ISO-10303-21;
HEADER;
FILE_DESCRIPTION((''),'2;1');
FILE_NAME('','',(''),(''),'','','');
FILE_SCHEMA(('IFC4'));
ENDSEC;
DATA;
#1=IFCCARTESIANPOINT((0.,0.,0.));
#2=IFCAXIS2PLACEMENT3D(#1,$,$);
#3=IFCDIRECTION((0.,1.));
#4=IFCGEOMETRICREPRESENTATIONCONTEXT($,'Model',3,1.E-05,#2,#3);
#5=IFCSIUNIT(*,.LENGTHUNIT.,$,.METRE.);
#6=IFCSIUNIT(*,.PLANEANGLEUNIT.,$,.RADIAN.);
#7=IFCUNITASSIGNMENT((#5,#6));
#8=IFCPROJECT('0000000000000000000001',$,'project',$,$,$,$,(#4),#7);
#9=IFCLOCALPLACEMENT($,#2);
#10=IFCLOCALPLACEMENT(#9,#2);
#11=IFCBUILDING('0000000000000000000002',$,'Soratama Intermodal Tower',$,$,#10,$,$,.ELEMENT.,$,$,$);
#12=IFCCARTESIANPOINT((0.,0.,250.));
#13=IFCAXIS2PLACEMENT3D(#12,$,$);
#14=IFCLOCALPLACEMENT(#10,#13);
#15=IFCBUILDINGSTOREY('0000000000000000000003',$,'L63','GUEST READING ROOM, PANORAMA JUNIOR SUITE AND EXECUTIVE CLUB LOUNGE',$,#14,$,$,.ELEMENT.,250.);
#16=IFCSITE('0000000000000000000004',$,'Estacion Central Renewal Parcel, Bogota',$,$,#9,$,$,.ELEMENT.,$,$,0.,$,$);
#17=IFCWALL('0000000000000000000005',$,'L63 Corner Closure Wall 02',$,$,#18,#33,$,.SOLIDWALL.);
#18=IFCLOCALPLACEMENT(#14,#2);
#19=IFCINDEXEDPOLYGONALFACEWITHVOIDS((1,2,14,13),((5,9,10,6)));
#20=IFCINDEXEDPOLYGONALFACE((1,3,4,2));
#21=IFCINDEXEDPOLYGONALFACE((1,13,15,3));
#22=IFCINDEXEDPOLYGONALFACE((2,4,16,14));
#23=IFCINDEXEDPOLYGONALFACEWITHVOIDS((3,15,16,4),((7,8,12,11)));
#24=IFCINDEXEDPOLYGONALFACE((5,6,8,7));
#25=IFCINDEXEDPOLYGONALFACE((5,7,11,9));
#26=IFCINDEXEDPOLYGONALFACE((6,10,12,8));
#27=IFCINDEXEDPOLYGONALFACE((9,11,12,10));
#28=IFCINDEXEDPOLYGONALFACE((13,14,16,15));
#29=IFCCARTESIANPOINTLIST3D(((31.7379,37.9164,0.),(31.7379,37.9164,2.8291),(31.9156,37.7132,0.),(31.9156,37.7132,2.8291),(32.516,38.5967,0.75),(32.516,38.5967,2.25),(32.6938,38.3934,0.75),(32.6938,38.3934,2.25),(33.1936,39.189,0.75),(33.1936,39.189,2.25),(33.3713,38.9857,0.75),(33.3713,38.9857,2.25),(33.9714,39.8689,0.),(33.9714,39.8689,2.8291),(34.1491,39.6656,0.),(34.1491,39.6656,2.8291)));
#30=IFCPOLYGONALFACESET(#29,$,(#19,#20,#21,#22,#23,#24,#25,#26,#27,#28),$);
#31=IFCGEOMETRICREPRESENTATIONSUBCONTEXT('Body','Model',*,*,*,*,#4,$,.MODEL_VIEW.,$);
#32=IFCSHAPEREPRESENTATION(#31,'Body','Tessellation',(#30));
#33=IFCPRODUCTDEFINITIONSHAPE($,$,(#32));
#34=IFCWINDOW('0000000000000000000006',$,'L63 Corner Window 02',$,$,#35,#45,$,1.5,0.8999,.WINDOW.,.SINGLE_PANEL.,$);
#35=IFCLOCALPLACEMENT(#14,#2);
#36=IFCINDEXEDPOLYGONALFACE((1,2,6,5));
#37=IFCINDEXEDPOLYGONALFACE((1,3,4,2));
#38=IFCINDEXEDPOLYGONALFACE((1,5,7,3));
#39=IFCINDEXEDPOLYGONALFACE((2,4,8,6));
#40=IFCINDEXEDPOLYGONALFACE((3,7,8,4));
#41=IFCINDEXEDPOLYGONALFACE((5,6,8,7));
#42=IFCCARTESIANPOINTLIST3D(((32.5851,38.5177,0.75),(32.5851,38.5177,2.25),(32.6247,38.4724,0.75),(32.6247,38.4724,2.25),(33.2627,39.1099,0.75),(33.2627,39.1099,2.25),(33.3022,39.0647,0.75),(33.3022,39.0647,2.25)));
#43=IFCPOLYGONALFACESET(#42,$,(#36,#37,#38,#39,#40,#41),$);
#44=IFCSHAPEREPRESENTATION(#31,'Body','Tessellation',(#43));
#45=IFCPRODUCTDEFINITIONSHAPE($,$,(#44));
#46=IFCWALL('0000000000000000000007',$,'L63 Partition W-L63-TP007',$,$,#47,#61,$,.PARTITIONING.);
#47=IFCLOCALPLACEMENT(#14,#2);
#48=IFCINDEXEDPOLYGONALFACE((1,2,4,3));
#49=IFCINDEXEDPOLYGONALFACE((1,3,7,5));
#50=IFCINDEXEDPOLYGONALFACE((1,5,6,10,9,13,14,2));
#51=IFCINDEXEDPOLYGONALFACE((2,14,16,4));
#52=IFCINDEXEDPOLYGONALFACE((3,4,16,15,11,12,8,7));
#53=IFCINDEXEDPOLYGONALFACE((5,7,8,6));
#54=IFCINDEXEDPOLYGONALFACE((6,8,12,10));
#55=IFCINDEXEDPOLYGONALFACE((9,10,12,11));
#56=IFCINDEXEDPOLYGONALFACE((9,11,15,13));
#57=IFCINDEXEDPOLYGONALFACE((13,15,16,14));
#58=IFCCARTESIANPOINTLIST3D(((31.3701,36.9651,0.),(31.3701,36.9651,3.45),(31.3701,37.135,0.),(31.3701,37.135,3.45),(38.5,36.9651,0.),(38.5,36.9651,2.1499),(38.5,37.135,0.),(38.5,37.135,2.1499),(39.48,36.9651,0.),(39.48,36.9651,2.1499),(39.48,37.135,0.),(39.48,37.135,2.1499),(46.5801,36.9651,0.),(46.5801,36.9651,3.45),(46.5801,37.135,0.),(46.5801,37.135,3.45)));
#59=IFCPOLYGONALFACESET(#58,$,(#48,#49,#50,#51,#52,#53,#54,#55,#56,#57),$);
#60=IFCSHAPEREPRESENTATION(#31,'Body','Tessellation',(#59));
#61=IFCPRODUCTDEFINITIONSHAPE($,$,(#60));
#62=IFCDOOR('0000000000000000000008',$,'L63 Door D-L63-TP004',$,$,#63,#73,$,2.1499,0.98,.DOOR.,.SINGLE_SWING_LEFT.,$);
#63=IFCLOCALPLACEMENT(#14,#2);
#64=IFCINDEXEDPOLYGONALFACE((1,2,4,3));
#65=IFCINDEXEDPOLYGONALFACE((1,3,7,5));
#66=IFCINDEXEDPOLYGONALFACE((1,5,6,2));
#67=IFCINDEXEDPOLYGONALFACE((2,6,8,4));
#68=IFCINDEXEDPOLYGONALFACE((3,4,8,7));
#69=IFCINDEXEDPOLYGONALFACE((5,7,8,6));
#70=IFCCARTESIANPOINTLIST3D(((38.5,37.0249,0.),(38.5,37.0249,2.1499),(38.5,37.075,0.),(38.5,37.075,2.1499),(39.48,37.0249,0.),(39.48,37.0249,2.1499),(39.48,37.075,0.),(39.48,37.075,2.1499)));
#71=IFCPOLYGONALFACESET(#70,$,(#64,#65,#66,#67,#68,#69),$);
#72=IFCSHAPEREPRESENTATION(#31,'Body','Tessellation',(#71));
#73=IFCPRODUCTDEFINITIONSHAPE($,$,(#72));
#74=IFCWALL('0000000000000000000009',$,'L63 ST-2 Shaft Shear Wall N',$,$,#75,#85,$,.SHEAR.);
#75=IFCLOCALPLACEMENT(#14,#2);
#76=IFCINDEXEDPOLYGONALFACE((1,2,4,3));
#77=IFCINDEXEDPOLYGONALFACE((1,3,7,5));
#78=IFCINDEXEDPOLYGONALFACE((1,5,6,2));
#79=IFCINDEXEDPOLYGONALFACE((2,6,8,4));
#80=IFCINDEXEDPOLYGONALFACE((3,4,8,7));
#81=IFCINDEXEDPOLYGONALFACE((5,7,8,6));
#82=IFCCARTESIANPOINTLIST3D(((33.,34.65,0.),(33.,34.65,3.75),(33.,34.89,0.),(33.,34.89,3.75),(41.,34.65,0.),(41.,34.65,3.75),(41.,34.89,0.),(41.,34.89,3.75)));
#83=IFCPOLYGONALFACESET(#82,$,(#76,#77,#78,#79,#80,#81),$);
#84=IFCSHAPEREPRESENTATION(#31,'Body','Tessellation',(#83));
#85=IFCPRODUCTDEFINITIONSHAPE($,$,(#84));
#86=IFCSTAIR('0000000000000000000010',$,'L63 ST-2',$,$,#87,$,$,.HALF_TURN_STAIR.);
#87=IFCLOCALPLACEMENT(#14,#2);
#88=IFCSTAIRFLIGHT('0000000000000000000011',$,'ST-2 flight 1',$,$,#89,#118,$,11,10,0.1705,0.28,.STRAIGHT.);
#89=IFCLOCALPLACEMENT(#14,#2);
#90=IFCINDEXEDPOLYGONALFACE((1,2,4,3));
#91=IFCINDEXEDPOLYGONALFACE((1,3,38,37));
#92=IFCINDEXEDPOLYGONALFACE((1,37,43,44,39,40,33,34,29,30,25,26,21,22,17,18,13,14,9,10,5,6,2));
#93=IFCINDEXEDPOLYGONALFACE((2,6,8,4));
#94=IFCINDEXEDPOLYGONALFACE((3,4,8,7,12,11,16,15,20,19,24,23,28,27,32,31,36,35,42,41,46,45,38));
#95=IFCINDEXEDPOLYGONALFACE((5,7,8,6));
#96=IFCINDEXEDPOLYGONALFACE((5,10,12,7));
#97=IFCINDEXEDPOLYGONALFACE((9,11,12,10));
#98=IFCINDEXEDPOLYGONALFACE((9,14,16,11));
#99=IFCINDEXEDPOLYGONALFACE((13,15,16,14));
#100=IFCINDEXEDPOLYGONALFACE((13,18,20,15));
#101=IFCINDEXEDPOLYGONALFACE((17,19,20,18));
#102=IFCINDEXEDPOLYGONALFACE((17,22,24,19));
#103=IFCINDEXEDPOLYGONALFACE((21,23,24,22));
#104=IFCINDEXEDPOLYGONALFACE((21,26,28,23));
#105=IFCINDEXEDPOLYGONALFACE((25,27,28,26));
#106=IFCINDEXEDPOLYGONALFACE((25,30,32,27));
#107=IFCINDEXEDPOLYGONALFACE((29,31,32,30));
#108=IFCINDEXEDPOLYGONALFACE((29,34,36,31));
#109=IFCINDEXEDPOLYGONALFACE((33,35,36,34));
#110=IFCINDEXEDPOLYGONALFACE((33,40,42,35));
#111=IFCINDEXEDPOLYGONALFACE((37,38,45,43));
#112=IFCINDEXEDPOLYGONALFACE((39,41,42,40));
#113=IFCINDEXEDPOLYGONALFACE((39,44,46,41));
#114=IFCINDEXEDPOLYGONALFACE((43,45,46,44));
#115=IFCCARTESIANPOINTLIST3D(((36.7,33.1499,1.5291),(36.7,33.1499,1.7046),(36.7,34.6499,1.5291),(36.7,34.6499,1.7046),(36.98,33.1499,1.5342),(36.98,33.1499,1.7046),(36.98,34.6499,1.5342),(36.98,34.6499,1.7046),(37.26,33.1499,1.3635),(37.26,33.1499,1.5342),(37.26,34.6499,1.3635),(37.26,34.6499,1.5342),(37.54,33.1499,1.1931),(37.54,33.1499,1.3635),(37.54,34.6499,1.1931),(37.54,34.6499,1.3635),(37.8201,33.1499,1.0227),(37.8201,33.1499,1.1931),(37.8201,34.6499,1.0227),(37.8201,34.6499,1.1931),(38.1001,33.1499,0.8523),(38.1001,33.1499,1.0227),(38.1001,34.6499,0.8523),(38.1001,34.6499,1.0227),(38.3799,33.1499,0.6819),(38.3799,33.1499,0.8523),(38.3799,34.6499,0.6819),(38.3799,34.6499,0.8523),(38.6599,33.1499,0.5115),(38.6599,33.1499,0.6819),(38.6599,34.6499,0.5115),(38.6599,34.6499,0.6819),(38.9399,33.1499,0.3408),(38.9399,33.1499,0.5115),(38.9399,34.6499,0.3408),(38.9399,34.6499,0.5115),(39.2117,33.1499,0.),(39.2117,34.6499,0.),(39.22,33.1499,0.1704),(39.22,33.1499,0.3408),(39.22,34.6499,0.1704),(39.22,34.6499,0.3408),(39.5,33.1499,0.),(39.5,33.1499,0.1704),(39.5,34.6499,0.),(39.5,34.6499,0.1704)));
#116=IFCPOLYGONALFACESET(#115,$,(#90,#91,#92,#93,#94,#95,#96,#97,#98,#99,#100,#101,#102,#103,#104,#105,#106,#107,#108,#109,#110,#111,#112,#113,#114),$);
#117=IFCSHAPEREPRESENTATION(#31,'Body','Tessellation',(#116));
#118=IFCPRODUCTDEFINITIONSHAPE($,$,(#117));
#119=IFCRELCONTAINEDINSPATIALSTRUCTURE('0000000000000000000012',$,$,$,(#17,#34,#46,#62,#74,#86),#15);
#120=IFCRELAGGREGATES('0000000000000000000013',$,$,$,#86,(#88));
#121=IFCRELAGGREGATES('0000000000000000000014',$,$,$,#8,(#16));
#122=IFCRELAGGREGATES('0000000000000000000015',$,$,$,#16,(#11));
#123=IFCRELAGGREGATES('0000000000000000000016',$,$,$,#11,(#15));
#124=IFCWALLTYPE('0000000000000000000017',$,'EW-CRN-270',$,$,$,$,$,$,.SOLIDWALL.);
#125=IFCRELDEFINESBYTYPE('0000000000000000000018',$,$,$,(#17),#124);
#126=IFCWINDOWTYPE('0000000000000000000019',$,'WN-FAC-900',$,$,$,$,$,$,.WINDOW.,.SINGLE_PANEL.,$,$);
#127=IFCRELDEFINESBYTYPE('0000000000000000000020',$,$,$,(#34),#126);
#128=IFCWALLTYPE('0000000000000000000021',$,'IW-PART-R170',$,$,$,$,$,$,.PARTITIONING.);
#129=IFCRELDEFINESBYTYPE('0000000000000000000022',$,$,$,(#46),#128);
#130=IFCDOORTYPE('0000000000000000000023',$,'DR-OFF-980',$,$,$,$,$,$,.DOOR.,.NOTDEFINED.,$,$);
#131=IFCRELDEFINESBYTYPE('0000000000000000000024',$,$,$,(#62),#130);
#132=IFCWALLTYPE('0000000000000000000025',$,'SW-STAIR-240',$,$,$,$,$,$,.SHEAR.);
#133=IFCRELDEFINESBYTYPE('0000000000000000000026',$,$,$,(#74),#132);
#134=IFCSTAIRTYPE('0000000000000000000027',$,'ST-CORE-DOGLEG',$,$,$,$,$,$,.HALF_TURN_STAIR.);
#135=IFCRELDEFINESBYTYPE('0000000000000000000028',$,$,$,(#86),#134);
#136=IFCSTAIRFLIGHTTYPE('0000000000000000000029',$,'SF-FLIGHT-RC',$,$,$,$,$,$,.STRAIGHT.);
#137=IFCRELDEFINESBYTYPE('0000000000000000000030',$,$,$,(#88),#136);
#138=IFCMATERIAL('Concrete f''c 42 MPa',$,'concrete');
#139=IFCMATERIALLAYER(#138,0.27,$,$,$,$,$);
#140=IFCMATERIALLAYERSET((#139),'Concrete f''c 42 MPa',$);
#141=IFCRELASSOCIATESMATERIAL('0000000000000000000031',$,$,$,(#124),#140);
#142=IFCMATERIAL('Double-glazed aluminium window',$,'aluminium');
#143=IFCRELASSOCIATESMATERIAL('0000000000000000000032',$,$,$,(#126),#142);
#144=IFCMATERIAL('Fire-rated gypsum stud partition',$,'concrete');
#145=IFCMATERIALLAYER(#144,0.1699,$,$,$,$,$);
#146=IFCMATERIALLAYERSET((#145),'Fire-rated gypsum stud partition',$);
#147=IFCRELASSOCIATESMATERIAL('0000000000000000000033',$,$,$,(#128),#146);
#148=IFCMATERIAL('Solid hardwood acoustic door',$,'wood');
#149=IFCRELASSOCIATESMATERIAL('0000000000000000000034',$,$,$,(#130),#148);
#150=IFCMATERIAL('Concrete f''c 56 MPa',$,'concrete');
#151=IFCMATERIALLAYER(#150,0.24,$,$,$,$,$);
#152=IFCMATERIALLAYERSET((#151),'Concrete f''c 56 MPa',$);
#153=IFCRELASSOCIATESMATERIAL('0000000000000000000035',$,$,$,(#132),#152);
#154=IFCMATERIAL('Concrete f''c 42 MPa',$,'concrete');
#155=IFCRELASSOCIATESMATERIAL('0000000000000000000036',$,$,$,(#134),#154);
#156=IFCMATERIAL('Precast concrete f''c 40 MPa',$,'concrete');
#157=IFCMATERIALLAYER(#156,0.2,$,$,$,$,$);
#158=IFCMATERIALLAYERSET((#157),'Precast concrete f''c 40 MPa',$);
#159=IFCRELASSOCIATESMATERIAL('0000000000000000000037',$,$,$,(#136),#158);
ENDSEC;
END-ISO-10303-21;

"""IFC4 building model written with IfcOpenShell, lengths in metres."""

from ifc_helpers import new_model, si_unit, direction, frame, frame_2d, origin, place, context, subcontext, project, spatial, polyline, rectangle, outline, extrude, material, layer, layer_set, type_object, element, fill, aggregate, save


model = new_model("IFC4")

# Units and contexts
model_context = context("Model", 3, precision=1e-05, world=origin(), true_north=direction((0.0, 1.0)))
body_context = subcontext(model_context, "Body", "Model", "MODEL_VIEW")
ifc_project = project(units=[si_unit("LENGTHUNIT", "METRE"), si_unit("PLANEANGLEUNIT", "RADIAN")], contexts=[model_context])

# Site, building, storey
site_placement = place(None, origin())
site = spatial("IfcSite", under=ifc_project, at=site_placement, Name="Estacion Central Renewal Parcel, Bogota", CompositionType="ELEMENT", RefElevation=0.0)
building_placement = place(site_placement, origin())
building = spatial("IfcBuilding", under=site, at=building_placement, Name="Soratama Intermodal Tower", CompositionType="ELEMENT")
storey_placement = place(building_placement, frame((0.0, 0.0, 250.0)))
storey = spatial("IfcBuildingStorey", under=building, at=storey_placement, Name="L63", Description="GUEST READING ROOM, PANORAMA JUNIOR SUITE AND EXECUTIVE CLUB LOUNGE", CompositionType="ELEMENT", Elevation=250.0)

# Wall, opening, window
ifc_material_1 = material(Name="Concrete f'c 42 MPa", Category="concrete")
ifc_layer_1 = layer(ifc_material_1, 0.27)
ifc_layer_set_1 = layer_set([ifc_layer_1], Name="Concrete f'c 42 MPa")
wall_type_1 = type_object("IfcWallType", Name="EW-CRN-270", PredefinedType="SOLIDWALL", material=ifc_layer_set_1)
wall_1_placement = place(storey_placement, frame((34.0603, 39.7673, 0.0), z_axis=(0.0, 0.0, 1.0), x_axis=(-0.752883, -0.658155, 0.0)))
wall_1 = element("IfcWall", 1, at=wall_1_placement, inside=storey, type_object=wall_type_1, Name="L63 Corner Closure Wall 02", PredefinedType="SOLIDWALL", context=body_context, shape_type="SweptSolid", body=[
    extrude(rectangle(XDim=2.9666, YDim=0.27, at=frame_2d((1.4834, 0.0))), origin(), (0.0, 0.0, 1.0), 2.8291),
])
opening_1_placement = place(wall_1_placement, frame((1.0332, 0.0, 0.75)))
opening_1 = element("IfcOpeningElement", 2, at=opening_1_placement, cuts=wall_1, PredefinedType="OPENING", context=body_context, shape_type="SweptSolid", body=[
    extrude(rectangle(XDim=0.8999, YDim=1.5, at=frame_2d((0.45, 0.75))), frame((0.0, 0.145, 0.0), z_axis=(0.0, -1.0, 0.0), x_axis=(1.0, 0.0, 0.0)), (0.0, 0.0, 1.0), 0.29),
])
ifc_material_2 = material(Name="Double-glazed aluminium window", Category="aluminium")
window_type = type_object("IfcWindowType", Name="WN-FAC-900", PartitioningType="SINGLE_PANEL", PredefinedType="WINDOW", material=ifc_material_2)
window_placement = place(opening_1_placement, origin())
window = element("IfcWindow", 3, at=window_placement, inside=storey, type_object=window_type, Name="L63 Corner Window 02", OverallHeight=1.5, OverallWidth=0.8999, PartitioningType="SINGLE_PANEL", PredefinedType="WINDOW", context=body_context, shape_type="SweptSolid", body=[
    extrude(rectangle(XDim=0.8999, YDim=1.5, at=frame_2d((0.45, 0.75))), frame((0.0, 0.03, 0.0), z_axis=(0.0, -1.0, 0.0), x_axis=(1.0, 0.0, 0.0)), (0.0, 0.0, 1.0), 0.0601),
])
fill(opening_1, window)

# Wall, opening, door
ifc_material_3 = material(Name="Fire-rated gypsum stud partition", Category="concrete")
ifc_layer_2 = layer(ifc_material_3, 0.1699)
ifc_layer_set_2 = layer_set([ifc_layer_2], Name="Fire-rated gypsum stud partition")
wall_type_2 = type_object("IfcWallType", Name="IW-PART-R170", PredefinedType="PARTITIONING", material=ifc_layer_set_2)
wall_2_placement = place(storey_placement, frame((31.3701, 37.05, 0.0), z_axis=(0.0, 0.0, 1.0), x_axis=(1.0, 0.0, 0.0)))
wall_2 = element("IfcWall", 4, at=wall_2_placement, inside=storey, type_object=wall_type_2, Name="L63 Partition W-L63-TP007", PredefinedType="PARTITIONING", context=body_context, shape_type="SweptSolid", body=[
    extrude(rectangle(XDim=15.21, YDim=0.1699, at=frame_2d((7.605, 0.0))), origin(), (0.0, 0.0, 1.0), 3.45),
])
opening_2_placement = place(wall_2_placement, frame((7.1299, 0.0, 0.0)))
opening_2 = element("IfcOpeningElement", 5, at=opening_2_placement, cuts=wall_2, PredefinedType="OPENING", context=body_context, shape_type="SweptSolid", body=[
    extrude(rectangle(XDim=0.98, YDim=2.1499, at=frame_2d((0.49, 1.075))), frame((0.0, 0.095, 0.0), z_axis=(0.0, -1.0, 0.0), x_axis=(1.0, 0.0, 0.0)), (0.0, 0.0, 1.0), 0.1899),
])
ifc_material_4 = material(Name="Solid hardwood acoustic door", Category="wood")
door_type = type_object("IfcDoorType", Name="DR-OFF-980", OperationType="NOTDEFINED", PredefinedType="DOOR", material=ifc_material_4)
door_placement = place(opening_2_placement, origin())
door = element("IfcDoor", 6, at=door_placement, inside=storey, type_object=door_type, Name="L63 Door D-L63-TP004", OperationType="SINGLE_SWING_LEFT", OverallHeight=2.1499, OverallWidth=0.98, PredefinedType="DOOR", context=body_context, shape_type="SweptSolid", body=[
    extrude(rectangle(XDim=0.98, YDim=2.1499, at=frame_2d((0.49, 1.075))), frame((0.0, 0.0249, 0.0), z_axis=(0.0, -1.0, 0.0), x_axis=(1.0, 0.0, 0.0)), (0.0, 0.0, 1.0), 0.05),
])
fill(opening_2, door)

# Wall
ifc_material_5 = material(Name="Concrete f'c 56 MPa", Category="concrete")
ifc_layer_3 = layer(ifc_material_5, 0.24)
ifc_layer_set_3 = layer_set([ifc_layer_3], Name="Concrete f'c 56 MPa")
wall_type_3 = type_object("IfcWallType", Name="SW-STAIR-240", PredefinedType="SHEAR", material=ifc_layer_set_3)
wall_3_placement = place(storey_placement, frame((33.0, 34.77, 0.0), z_axis=(0.0, 0.0, 1.0), x_axis=(1.0, 0.0, 0.0)))
element("IfcWall", 7, at=wall_3_placement, inside=storey, type_object=wall_type_3, Name="L63 ST-2 Shaft Shear Wall N", PredefinedType="SHEAR", context=body_context, shape_type="SweptSolid", body=[
    extrude(rectangle(XDim=8.0, YDim=0.24, at=frame_2d((4.0, 0.0))), origin(), (0.0, 0.0, 1.0), 3.75),
])

# Stair, stair flight
ifc_material_6 = material(Name="Concrete f'c 42 MPa", Category="concrete")
stair_type = type_object("IfcStairType", Name="ST-CORE-DOGLEG", PredefinedType="HALF_TURN_STAIR", material=ifc_material_6)
stair_placement = place(storey_placement, origin())
stair = element("IfcStair", 8, at=stair_placement, inside=storey, type_object=stair_type, Name="L63 ST-2", PredefinedType="HALF_TURN_STAIR")
ifc_material_7 = material(Name="Precast concrete f'c 40 MPa", Category="concrete")
ifc_layer_4 = layer(ifc_material_7, 0.2)
ifc_layer_set_4 = layer_set([ifc_layer_4], Name="Precast concrete f'c 40 MPa")
stair_flight_type = type_object("IfcStairFlightType", Name="SF-FLIGHT-RC", PredefinedType="STRAIGHT", material=ifc_layer_set_4)
stair_flight_placement = place(storey_placement, frame((39.5, 33.8999, 0.0), z_axis=(0.0, 0.0, 1.0), x_axis=(-1.0, 0.0, 0.0)))
stair_flight = element("IfcStairFlight", 9, at=stair_flight_placement, type_object=stair_flight_type, Name="ST-2 flight 1", NumberOfRisers=11, NumberOfTreads=10, PredefinedType="STRAIGHT", RiserHeight=0.1705, TreadLength=0.28, context=body_context, shape_type="SweptSolid", body=[
    extrude(outline(polyline([(0.0, 0.0), (0.0, 0.1704), (0.28, 0.1704), (0.28, 0.3408), (0.5601, 0.3408), (0.5601, 0.5115), (0.8401, 0.5115), (0.8401, 0.6819), (1.1201, 0.6819), (1.1201, 0.8523), (1.3999, 0.8523), (1.3999, 1.0227), (1.6799, 1.0227), (1.6799, 1.1931), (1.96, 1.1931), (1.96, 1.3635), (2.24, 1.3635), (2.24, 1.5342), (2.52, 1.5342), (2.52, 1.7046), (2.8, 1.7046), (2.8, 1.875), (2.8, 1.5291), (0.2883, 0.0), (0.0, 0.0)])), frame((0.0, 0.75, 0.0), z_axis=(0.0, -1.0, 0.0), x_axis=(1.0, 0.0, 0.0)), (0.0, 0.0, 1.0), 1.5),
])
aggregate(stair, [stair_flight])

save(model, "model.ifc")
